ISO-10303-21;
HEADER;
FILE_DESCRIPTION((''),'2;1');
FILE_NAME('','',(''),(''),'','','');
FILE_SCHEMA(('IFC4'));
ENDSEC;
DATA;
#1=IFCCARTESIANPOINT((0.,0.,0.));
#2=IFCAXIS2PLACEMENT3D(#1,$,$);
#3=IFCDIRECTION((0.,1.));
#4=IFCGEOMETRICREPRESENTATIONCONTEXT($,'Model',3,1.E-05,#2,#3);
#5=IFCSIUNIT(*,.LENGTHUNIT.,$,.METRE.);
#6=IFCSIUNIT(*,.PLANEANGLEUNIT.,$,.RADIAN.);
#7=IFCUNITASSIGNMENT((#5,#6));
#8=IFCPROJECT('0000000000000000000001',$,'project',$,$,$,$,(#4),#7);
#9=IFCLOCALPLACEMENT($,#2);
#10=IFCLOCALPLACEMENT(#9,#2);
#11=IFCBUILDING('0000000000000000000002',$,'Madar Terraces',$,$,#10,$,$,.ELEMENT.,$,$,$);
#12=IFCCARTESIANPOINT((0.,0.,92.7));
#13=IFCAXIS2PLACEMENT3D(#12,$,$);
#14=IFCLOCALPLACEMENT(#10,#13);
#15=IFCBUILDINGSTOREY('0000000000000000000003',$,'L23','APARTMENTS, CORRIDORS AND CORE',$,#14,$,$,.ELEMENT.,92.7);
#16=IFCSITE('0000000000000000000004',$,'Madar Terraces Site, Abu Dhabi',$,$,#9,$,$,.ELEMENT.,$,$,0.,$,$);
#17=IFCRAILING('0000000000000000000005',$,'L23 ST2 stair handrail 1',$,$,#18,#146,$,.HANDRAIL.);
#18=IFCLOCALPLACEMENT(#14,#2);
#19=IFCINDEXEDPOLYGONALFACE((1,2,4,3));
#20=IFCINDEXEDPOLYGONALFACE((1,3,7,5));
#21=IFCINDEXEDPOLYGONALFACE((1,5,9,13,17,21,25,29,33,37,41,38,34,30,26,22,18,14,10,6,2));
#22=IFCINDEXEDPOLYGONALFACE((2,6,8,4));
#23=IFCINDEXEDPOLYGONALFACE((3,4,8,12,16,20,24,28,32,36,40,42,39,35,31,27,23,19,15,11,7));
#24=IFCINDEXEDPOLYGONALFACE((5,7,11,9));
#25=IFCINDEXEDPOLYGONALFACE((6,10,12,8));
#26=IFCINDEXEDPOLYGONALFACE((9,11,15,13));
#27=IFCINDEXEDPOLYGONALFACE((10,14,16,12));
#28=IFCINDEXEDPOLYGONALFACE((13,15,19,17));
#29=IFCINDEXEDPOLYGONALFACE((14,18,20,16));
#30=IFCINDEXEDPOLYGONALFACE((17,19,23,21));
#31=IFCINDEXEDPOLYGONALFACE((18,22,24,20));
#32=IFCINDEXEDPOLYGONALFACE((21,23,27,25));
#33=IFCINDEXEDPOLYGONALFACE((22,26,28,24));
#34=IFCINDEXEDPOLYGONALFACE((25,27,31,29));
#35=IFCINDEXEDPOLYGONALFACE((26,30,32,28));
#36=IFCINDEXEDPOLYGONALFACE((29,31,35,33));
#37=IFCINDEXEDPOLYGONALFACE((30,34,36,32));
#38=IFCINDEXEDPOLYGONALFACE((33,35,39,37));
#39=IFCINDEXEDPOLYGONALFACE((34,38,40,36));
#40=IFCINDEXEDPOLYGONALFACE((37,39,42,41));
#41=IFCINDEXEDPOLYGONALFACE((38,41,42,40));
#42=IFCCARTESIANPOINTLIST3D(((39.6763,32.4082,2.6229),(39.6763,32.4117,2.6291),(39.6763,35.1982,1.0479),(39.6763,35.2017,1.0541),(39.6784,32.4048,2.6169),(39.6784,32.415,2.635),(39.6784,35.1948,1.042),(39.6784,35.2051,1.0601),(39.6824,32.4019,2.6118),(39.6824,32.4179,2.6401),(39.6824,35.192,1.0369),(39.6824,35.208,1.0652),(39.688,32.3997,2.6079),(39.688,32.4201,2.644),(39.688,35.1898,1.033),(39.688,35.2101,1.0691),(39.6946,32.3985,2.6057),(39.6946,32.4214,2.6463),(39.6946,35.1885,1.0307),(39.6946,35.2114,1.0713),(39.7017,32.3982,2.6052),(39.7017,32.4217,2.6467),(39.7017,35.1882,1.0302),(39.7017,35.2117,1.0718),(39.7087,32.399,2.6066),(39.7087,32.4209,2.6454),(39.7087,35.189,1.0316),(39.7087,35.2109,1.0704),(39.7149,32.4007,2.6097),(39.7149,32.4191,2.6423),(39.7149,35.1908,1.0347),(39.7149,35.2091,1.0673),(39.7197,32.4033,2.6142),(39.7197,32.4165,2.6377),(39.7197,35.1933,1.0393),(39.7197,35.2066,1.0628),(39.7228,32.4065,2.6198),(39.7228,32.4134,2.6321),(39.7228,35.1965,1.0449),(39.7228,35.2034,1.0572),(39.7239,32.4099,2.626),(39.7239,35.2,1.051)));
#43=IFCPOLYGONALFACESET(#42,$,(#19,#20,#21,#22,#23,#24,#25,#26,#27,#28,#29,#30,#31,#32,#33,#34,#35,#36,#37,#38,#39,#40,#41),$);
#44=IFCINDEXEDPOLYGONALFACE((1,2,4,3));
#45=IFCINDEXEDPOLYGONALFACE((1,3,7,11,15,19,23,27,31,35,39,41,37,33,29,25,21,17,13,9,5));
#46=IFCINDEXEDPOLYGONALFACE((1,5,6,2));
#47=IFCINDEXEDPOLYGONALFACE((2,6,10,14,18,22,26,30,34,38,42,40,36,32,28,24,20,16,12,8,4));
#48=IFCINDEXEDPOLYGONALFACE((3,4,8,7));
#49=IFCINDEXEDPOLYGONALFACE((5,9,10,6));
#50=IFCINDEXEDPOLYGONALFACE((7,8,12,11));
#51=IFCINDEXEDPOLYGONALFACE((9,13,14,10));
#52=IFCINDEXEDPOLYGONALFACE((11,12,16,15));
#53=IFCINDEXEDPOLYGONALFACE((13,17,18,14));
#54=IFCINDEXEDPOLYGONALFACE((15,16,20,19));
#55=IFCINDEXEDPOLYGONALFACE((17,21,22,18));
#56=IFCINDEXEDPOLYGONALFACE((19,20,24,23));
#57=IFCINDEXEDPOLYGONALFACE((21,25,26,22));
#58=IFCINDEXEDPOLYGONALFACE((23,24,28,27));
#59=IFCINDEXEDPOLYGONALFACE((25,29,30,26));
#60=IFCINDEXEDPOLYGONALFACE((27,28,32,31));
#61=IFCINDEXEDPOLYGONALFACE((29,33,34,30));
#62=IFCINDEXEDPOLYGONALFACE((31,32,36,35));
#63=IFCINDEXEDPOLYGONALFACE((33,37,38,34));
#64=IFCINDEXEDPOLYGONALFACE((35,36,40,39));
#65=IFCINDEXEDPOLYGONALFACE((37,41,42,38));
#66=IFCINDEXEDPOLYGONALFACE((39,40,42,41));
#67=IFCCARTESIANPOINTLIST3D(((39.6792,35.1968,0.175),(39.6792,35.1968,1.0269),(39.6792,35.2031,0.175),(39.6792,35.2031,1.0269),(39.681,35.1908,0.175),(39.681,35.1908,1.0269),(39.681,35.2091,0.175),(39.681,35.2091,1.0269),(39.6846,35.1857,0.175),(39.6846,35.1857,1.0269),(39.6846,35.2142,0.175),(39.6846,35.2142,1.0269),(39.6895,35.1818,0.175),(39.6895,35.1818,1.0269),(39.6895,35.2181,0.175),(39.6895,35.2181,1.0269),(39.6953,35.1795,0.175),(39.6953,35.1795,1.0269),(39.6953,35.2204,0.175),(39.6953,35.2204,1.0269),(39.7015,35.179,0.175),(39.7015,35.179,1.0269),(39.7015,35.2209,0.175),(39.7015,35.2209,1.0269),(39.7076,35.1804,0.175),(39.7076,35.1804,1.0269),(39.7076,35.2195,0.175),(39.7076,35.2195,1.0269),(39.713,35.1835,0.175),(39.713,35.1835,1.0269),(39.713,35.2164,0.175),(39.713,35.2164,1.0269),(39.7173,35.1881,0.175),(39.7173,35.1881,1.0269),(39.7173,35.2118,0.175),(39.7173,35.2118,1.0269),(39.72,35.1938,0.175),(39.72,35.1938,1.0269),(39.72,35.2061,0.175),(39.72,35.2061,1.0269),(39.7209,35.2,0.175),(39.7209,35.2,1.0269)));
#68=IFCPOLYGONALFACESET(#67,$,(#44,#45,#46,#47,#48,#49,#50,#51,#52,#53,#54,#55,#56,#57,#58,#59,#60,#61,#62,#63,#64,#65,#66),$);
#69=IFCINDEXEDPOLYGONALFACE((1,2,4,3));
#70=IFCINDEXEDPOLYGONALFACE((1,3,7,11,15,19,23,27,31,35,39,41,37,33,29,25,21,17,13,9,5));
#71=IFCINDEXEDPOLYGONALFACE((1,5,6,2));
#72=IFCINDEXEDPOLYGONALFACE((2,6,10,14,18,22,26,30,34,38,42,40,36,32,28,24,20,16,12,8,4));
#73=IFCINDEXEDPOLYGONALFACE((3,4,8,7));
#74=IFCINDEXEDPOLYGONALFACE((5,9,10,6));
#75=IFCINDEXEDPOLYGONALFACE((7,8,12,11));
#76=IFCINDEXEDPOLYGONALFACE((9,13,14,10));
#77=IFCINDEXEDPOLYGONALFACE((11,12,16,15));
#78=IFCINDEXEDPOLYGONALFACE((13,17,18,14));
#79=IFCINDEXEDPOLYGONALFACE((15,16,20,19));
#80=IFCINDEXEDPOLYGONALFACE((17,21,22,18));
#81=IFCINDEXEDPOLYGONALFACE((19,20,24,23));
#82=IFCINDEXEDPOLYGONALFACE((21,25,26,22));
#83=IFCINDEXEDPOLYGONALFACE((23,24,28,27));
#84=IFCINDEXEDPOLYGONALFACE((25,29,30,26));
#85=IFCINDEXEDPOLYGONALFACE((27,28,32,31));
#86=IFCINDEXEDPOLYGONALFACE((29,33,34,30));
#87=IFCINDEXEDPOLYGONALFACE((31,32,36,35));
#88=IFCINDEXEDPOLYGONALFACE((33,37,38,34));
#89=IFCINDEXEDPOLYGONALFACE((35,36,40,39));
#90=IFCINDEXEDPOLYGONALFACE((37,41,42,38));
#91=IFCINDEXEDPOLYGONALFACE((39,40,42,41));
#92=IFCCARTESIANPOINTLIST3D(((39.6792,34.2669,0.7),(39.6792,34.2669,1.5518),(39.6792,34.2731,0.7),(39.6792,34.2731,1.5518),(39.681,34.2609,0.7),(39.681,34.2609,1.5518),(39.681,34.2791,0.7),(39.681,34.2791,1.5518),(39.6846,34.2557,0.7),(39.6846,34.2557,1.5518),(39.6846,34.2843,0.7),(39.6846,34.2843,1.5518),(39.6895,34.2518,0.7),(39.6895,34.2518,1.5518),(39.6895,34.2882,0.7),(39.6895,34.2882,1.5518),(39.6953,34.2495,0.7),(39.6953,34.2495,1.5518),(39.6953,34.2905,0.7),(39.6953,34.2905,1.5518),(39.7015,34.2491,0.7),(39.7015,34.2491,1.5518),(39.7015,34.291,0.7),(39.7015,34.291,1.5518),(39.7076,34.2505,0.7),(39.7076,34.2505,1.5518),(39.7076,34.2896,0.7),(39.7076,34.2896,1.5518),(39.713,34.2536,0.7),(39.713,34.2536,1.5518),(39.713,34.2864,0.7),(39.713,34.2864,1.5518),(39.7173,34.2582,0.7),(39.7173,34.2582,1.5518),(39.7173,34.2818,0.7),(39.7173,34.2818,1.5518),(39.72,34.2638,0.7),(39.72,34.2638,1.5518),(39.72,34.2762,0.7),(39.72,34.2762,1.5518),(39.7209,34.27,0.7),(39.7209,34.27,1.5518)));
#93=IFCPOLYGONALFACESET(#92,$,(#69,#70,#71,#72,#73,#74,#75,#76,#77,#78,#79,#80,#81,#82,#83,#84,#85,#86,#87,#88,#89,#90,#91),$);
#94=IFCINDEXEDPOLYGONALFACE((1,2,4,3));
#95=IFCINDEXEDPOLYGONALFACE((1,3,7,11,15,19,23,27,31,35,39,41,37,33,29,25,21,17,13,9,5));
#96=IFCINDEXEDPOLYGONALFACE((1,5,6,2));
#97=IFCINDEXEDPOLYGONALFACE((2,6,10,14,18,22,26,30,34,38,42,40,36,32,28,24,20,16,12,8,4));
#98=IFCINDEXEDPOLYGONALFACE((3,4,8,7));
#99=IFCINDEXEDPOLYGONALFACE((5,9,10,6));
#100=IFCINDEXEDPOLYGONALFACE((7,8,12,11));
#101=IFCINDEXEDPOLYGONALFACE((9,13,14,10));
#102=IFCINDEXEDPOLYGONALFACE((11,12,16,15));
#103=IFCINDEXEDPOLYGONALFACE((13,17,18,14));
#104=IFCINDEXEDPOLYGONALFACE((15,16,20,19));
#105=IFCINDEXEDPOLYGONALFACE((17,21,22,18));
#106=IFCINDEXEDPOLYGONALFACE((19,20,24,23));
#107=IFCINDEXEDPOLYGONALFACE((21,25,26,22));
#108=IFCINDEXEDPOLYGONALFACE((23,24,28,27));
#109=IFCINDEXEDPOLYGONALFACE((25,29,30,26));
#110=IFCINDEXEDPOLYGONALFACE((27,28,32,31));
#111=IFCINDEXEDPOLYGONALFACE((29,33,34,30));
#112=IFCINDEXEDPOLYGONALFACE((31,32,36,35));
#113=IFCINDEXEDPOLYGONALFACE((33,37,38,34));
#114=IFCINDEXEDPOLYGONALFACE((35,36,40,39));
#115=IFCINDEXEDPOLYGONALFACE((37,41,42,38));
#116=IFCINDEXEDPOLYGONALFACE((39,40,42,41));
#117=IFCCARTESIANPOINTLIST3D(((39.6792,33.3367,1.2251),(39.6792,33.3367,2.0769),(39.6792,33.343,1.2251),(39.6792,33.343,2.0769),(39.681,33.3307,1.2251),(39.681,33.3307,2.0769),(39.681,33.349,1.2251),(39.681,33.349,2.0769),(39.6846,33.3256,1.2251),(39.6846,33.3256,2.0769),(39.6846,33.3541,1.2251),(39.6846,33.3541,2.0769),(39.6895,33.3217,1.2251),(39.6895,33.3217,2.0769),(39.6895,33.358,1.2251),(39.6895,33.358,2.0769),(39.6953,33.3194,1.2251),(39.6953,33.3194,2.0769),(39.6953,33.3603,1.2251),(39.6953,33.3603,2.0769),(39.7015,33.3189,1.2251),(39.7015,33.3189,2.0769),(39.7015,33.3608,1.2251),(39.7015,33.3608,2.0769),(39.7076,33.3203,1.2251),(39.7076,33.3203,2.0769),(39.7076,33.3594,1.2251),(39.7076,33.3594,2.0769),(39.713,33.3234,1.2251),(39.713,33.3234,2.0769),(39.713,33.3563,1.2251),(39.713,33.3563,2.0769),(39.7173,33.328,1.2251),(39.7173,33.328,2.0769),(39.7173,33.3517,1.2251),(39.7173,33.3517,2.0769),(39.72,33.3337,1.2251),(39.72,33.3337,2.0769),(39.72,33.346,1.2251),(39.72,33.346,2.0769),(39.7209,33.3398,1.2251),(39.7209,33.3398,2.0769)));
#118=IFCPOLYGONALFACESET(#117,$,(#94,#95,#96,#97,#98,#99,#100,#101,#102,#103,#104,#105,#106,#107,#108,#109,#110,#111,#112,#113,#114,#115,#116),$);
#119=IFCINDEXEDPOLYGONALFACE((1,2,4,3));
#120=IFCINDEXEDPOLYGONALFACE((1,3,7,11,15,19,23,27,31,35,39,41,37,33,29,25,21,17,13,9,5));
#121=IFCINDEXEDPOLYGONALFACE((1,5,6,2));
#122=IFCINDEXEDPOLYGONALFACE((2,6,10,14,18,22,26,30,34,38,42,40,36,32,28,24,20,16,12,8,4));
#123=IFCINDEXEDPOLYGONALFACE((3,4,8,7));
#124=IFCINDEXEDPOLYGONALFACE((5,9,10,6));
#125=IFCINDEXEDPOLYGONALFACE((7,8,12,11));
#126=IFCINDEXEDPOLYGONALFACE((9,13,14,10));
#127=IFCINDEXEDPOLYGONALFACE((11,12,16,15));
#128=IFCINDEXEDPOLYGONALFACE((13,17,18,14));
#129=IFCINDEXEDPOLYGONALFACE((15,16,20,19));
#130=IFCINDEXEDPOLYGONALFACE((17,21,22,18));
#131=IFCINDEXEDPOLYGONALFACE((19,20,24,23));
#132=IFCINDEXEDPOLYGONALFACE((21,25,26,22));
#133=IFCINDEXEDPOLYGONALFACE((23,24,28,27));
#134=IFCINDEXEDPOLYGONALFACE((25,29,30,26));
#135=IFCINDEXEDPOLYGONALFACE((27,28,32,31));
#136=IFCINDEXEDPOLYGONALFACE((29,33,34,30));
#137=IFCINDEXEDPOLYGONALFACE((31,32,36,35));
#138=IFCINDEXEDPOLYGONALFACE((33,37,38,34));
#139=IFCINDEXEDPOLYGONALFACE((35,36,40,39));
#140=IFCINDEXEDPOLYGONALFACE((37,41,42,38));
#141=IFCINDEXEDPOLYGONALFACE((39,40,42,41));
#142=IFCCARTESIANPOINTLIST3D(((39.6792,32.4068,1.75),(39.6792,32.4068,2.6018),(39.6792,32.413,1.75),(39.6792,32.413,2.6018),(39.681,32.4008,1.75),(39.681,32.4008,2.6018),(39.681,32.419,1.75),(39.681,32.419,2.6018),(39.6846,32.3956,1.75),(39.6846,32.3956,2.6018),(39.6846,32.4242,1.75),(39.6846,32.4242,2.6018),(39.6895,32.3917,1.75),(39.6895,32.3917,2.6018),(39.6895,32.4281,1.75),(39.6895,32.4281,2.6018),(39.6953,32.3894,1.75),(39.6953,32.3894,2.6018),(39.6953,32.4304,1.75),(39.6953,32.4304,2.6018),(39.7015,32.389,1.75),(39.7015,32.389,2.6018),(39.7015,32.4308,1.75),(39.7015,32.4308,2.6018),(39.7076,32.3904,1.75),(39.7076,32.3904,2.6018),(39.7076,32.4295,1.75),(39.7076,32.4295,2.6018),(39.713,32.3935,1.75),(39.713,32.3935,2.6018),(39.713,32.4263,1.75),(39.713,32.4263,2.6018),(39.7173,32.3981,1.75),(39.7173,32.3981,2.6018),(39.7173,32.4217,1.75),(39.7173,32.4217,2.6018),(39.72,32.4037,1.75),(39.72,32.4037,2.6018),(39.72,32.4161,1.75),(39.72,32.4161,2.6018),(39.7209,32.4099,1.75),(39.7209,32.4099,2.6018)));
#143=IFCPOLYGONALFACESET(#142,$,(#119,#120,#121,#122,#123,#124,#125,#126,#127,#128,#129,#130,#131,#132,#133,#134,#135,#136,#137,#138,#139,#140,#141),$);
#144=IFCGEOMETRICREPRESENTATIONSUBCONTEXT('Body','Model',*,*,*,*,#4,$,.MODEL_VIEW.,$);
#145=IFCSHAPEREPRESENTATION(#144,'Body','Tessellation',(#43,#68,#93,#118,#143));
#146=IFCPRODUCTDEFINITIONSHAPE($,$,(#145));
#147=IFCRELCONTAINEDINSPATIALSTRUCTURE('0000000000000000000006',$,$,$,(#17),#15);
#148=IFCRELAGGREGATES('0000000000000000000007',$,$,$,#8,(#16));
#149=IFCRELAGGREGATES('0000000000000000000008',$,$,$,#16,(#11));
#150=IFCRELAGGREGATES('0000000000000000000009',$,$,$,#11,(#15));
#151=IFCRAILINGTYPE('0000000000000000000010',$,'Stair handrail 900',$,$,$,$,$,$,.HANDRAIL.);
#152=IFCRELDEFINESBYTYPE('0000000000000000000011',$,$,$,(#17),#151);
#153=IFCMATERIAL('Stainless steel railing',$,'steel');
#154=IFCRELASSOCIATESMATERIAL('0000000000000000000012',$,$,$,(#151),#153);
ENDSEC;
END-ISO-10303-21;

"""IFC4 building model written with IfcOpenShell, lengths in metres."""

from ifc_helpers import new_model, si_unit, direction, frame, origin, origin_2d, place, context, subcontext, project, spatial, circle, extrude, material, type_object, element, save


model = new_model("IFC4")

# Units and contexts
model_context = context("Model", 3, precision=1e-05, world=origin(), true_north=direction((0.0, 1.0)))
body_context = subcontext(model_context, "Body", "Model", "MODEL_VIEW")
ifc_project = project(units=[si_unit("LENGTHUNIT", "METRE"), si_unit("PLANEANGLEUNIT", "RADIAN")], contexts=[model_context])

# Site, building, storey
site_placement = place(None, origin())
site = spatial("IfcSite", under=ifc_project, at=site_placement, Name="Madar Terraces Site, Abu Dhabi", CompositionType="ELEMENT", RefElevation=0.0)
building_placement = place(site_placement, origin())
building = spatial("IfcBuilding", under=site, at=building_placement, Name="Madar Terraces", CompositionType="ELEMENT")
storey_placement = place(building_placement, frame((0.0, 0.0, 92.7)))
storey = spatial("IfcBuildingStorey", under=building, at=storey_placement, Name="L23", Description="APARTMENTS, CORRIDORS AND CORE", CompositionType="ELEMENT", Elevation=92.7)

# Railing
ifc_material_1 = material(Name="Stainless steel railing", Category="steel")
railing_type_1 = type_object("IfcRailingType", Name="Stair handrail 900", PredefinedType="HANDRAIL", material=ifc_material_1)
railing_1_placement = place(storey_placement, frame((39.7, 35.2, 0.175)))
element("IfcRailing", 1, at=railing_1_placement, inside=storey, type_object=railing_type_1, Name="L23 ST2 stair handrail 1", PredefinedType="HANDRAIL", context=body_context, shape_type="SweptSolid", body=[
    extrude(circle(Radius=0.0239, at=origin_2d()), frame((0.0, 0.0, 0.876), z_axis=(0.0, -0.870834, 0.491578), x_axis=(1.0, 0.0, 0.0)), (0.0, 0.0, 1.0), 3.2039),
    extrude(circle(Radius=0.021, at=origin_2d()), origin(), (0.0, 0.0, 1.0), 0.8518),
    extrude(circle(Radius=0.021, at=origin_2d()), frame((0.0, -0.9299, 0.5249)), (0.0, 0.0, 1.0), 0.8518),
    extrude(circle(Radius=0.021, at=origin_2d()), frame((0.0, -1.8601, 1.05)), (0.0, 0.0, 1.0), 0.8518),
    extrude(circle(Radius=0.021, at=origin_2d()), frame((0.0, -2.79, 1.575)), (0.0, 0.0, 1.0), 0.8518),
])

save(model, "model.ifc")
